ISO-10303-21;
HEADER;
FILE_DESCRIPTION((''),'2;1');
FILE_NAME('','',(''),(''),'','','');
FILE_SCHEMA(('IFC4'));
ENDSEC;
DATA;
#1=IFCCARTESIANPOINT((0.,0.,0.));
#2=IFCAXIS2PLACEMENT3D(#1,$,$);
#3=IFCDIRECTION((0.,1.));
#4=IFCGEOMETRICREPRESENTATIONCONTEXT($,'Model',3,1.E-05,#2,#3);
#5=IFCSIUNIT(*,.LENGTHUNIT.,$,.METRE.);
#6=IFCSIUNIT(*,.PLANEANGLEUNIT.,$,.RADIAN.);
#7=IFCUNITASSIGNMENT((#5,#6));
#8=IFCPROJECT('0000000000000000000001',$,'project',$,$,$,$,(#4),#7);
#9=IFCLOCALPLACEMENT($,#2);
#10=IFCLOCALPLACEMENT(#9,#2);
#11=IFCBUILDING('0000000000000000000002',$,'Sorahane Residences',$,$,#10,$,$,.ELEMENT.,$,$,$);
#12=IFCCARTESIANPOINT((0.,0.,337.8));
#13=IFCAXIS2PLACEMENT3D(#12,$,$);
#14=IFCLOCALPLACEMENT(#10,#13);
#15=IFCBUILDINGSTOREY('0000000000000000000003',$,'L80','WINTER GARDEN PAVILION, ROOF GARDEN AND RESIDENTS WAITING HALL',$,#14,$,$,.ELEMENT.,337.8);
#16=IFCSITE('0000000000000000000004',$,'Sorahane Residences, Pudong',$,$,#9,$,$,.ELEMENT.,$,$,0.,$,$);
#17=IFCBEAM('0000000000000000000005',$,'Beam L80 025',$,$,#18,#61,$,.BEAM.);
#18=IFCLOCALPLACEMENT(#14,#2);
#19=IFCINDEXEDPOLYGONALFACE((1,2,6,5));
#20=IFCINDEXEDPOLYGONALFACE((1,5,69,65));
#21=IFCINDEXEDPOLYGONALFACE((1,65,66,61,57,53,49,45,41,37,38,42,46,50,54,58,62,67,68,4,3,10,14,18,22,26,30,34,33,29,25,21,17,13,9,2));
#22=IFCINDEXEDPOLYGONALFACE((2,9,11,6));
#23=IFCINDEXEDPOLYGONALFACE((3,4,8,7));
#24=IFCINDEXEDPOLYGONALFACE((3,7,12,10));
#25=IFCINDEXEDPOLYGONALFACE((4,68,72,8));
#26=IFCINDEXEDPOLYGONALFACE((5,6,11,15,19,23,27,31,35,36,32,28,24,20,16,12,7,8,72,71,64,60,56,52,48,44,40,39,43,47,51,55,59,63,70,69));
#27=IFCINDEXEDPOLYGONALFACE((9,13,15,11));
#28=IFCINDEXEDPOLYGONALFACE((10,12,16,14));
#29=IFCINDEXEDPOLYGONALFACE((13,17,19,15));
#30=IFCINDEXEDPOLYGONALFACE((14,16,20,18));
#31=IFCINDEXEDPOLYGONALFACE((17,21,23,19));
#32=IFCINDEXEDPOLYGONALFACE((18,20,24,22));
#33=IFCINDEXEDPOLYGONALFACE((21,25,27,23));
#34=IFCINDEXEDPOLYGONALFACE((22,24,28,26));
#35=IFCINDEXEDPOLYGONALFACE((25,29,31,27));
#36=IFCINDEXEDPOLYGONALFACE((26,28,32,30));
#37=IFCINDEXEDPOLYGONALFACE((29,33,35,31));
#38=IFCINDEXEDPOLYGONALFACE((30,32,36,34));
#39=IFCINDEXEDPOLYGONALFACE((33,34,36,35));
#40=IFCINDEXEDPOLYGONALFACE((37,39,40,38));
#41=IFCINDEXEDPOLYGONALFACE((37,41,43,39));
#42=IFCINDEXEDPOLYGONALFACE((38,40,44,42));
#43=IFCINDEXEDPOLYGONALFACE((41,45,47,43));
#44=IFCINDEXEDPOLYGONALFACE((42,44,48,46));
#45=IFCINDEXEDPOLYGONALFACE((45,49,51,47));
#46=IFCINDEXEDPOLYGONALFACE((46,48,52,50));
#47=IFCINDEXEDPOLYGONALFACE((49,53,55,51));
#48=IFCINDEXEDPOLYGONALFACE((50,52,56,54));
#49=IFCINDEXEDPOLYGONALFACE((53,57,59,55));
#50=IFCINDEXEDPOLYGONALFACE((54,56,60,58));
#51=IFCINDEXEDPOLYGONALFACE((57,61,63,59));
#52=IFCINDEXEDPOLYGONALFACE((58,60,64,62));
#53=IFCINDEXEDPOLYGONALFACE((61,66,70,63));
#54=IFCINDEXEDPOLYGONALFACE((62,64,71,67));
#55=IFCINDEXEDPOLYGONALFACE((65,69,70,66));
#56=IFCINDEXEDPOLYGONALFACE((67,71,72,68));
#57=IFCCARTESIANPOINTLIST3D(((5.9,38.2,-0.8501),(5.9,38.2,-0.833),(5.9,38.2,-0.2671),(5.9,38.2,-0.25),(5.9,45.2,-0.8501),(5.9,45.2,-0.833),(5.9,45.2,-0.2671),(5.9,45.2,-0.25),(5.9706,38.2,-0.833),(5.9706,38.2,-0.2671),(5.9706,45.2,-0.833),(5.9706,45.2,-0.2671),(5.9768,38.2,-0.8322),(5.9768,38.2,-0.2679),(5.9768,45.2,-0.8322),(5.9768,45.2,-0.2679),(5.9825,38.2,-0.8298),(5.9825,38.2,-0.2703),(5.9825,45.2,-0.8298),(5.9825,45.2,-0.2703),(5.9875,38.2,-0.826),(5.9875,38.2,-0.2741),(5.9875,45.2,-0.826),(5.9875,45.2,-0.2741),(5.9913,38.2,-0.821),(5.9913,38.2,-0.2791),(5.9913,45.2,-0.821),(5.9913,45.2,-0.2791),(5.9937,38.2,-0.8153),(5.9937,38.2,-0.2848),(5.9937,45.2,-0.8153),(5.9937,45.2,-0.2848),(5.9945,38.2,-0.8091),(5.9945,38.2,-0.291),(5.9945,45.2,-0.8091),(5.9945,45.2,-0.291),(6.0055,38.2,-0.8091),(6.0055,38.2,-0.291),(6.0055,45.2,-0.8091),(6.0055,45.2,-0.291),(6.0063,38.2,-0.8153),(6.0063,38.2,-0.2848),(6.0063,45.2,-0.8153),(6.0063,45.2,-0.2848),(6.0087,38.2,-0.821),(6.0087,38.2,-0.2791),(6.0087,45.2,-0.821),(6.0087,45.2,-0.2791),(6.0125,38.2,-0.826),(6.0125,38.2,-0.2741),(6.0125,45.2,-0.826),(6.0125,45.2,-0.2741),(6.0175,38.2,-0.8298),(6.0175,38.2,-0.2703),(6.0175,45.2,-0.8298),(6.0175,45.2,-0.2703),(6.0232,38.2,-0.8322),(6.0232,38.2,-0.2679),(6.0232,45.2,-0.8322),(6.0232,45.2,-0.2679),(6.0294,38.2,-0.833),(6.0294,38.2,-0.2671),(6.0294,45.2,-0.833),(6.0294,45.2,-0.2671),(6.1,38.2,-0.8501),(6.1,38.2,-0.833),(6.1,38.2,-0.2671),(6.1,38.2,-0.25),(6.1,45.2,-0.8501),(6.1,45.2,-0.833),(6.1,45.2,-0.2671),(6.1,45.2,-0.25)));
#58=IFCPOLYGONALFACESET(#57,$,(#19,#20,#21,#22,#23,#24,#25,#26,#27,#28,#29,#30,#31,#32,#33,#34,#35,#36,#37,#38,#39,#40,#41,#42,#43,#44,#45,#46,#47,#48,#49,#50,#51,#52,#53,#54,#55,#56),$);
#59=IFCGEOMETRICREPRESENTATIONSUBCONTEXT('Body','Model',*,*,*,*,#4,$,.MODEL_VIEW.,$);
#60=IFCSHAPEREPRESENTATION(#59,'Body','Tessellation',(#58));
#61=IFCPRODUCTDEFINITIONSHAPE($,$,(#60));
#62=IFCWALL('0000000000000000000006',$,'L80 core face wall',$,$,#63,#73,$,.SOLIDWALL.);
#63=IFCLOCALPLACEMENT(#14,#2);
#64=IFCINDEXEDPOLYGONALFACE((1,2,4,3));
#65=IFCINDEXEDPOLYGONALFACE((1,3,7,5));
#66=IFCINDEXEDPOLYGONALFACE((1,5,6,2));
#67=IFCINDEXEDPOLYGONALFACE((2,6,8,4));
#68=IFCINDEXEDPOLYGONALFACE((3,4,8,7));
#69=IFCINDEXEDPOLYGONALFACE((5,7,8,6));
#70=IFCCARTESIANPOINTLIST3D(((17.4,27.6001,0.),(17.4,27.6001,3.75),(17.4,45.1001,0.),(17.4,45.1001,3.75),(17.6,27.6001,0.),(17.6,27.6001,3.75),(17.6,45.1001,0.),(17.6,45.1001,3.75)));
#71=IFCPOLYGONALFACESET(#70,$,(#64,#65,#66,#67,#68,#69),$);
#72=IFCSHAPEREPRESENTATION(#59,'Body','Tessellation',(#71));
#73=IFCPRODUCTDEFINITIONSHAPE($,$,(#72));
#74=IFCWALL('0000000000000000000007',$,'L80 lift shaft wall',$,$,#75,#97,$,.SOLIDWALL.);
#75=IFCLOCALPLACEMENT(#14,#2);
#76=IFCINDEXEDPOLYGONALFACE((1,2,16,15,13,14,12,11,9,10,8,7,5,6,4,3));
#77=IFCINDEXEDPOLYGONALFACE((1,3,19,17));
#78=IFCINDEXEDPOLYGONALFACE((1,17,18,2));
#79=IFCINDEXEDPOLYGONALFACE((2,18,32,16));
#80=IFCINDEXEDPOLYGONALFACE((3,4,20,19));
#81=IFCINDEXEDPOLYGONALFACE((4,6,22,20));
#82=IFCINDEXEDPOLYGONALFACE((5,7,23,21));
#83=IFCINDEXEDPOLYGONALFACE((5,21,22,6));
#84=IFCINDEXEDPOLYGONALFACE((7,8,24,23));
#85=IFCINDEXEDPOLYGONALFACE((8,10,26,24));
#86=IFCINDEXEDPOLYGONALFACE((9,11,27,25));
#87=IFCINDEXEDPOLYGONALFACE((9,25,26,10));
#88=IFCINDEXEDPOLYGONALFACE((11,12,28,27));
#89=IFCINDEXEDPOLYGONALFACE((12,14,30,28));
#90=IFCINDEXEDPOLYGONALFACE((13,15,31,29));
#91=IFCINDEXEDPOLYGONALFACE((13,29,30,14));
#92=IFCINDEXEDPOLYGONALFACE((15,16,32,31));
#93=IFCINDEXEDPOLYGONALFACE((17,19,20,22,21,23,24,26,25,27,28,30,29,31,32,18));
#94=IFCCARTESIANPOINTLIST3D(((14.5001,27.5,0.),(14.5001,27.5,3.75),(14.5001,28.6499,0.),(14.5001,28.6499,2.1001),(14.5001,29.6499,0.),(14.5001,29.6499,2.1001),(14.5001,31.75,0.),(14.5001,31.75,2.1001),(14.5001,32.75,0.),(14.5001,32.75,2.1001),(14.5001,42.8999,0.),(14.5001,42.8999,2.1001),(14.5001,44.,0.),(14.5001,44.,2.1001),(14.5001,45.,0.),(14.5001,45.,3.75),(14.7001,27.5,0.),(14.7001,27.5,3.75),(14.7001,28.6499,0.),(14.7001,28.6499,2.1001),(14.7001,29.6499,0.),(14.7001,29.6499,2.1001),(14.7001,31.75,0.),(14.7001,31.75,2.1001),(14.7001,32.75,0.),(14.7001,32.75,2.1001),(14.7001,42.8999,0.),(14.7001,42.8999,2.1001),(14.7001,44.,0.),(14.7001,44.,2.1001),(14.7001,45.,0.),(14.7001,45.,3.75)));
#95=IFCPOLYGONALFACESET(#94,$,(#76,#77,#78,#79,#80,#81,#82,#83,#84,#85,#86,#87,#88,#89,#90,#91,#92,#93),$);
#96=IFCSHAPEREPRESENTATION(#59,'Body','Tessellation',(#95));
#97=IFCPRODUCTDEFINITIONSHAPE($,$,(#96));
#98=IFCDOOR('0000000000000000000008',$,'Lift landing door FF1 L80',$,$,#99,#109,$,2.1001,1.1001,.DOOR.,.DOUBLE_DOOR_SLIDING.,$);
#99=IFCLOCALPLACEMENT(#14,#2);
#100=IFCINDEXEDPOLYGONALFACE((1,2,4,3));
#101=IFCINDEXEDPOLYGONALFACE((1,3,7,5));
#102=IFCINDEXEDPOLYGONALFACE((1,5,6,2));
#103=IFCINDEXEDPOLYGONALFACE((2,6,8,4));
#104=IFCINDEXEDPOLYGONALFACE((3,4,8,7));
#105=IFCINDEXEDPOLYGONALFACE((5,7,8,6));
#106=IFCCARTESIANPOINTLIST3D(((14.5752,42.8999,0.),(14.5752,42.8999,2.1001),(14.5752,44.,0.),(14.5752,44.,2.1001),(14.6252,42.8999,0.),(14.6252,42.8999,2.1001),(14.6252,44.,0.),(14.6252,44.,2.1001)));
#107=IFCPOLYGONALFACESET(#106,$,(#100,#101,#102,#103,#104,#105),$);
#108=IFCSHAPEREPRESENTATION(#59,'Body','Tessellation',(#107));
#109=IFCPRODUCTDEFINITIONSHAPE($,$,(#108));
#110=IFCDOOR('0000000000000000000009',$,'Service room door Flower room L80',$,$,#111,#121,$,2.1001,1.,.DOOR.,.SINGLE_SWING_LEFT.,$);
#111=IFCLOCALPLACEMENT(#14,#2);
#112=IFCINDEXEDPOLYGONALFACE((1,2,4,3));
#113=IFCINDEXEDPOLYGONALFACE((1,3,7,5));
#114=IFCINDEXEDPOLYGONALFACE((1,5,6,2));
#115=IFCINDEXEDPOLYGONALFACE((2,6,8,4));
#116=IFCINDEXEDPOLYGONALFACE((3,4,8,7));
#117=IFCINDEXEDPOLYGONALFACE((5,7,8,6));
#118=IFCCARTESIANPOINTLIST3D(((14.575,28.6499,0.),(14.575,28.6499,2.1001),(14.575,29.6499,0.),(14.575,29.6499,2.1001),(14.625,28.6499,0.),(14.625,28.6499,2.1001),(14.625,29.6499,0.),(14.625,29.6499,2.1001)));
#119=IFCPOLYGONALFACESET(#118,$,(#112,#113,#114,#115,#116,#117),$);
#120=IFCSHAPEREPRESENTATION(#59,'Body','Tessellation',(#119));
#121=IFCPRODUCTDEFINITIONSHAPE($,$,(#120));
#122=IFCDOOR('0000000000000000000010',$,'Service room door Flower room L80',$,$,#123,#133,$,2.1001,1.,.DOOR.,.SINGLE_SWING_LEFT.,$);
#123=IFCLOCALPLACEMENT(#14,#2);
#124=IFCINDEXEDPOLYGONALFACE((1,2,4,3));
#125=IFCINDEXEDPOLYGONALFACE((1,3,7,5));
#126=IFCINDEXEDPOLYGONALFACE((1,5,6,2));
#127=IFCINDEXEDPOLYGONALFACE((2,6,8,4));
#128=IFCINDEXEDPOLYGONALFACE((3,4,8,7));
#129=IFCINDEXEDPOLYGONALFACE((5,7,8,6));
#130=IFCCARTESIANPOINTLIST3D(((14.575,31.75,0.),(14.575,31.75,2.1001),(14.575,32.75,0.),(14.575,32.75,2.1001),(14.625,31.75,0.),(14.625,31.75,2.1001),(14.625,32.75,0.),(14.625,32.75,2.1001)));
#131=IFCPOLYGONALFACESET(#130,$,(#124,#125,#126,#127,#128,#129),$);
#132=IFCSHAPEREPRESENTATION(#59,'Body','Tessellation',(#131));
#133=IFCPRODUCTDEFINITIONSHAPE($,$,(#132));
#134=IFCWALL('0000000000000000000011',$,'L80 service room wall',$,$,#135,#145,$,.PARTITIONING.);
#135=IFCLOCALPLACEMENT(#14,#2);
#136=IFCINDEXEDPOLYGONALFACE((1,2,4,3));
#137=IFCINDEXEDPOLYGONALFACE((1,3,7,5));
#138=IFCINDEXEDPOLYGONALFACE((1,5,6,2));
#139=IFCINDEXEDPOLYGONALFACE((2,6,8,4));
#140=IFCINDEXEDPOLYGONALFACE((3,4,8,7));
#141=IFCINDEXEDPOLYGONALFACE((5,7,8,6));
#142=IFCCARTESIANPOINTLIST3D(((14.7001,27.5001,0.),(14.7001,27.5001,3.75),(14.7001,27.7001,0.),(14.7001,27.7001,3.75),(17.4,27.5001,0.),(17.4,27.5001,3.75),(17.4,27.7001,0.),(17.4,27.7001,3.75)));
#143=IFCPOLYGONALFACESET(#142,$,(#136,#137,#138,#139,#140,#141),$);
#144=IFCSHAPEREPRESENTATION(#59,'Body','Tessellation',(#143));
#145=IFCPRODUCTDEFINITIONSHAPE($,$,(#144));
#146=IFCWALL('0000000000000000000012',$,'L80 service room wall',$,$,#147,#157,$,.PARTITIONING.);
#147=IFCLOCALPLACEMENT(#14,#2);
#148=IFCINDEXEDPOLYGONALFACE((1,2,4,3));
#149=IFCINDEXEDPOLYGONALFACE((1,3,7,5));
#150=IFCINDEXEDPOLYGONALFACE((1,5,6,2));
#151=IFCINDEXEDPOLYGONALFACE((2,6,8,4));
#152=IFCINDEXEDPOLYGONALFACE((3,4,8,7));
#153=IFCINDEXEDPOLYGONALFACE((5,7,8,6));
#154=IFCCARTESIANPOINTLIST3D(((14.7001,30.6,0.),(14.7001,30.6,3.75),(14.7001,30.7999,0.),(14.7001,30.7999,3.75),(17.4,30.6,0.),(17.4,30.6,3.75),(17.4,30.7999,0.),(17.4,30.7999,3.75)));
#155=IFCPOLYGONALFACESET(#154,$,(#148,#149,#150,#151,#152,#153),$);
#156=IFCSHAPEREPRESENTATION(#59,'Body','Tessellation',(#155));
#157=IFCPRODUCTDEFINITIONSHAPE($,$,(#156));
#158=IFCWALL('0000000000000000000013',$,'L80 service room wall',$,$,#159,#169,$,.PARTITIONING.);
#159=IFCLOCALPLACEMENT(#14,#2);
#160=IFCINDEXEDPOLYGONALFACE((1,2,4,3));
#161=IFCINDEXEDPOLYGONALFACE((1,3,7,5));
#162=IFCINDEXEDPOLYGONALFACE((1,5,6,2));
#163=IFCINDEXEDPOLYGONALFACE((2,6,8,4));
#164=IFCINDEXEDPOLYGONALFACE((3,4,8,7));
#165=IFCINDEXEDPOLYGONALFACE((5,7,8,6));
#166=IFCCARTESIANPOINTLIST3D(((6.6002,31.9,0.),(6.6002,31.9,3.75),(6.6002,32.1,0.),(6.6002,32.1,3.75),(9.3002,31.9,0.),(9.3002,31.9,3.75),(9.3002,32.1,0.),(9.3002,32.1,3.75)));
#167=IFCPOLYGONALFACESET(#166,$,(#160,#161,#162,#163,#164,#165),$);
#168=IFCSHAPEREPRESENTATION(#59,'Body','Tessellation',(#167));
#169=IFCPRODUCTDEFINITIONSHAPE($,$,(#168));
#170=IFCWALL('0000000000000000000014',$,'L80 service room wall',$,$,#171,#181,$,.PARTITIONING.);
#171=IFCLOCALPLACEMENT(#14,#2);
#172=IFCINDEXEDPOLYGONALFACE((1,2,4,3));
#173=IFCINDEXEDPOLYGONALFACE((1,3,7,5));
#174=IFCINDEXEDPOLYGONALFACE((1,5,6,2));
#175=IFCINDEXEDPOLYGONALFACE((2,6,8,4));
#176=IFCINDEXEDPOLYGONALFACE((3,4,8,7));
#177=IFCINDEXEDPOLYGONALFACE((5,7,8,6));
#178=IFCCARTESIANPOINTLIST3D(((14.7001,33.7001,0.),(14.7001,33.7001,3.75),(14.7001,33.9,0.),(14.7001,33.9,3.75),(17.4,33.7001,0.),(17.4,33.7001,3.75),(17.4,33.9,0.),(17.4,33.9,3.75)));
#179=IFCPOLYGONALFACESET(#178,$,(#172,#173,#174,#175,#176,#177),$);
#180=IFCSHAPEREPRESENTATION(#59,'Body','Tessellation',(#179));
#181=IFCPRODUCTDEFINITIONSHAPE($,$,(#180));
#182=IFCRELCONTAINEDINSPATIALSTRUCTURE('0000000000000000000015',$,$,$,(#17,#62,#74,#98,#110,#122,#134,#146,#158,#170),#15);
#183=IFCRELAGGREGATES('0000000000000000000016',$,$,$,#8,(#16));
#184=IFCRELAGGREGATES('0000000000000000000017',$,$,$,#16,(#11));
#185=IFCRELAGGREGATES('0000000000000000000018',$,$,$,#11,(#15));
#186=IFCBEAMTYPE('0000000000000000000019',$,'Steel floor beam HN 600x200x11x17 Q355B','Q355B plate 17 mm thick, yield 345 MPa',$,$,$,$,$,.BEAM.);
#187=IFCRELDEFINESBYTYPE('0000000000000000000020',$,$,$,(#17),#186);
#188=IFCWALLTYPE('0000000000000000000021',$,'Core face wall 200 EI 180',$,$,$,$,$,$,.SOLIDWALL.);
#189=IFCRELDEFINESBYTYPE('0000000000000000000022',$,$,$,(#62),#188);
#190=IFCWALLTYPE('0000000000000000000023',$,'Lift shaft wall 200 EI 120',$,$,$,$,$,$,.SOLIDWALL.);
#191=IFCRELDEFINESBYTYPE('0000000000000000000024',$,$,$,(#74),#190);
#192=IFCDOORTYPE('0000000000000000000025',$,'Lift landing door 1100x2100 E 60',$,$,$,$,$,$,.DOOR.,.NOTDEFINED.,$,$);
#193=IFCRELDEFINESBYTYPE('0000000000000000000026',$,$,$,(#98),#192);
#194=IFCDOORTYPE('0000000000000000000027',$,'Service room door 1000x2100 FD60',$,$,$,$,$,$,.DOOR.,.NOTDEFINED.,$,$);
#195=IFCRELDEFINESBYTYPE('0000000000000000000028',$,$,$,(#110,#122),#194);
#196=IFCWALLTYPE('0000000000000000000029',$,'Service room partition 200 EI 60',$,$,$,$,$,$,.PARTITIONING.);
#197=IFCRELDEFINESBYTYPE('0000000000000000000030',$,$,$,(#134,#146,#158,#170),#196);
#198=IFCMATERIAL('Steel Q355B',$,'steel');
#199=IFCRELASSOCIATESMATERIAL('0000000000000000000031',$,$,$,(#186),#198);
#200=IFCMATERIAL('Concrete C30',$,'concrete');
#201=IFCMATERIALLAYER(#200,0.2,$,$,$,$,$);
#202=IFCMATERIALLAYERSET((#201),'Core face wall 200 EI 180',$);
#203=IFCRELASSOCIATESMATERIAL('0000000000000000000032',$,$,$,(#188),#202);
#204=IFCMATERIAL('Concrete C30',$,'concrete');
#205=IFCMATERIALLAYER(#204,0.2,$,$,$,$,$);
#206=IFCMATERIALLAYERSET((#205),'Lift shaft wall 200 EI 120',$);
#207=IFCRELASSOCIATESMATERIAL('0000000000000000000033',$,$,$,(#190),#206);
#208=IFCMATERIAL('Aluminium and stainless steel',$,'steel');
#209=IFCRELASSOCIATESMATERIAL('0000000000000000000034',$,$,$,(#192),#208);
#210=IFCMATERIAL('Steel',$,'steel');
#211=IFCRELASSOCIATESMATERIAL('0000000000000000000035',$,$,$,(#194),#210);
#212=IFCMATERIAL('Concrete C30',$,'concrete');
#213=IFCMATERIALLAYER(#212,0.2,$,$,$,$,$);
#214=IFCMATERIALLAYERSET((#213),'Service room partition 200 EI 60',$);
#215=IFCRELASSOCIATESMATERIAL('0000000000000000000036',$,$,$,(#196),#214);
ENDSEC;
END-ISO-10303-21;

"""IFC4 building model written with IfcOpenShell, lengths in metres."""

from ifc_helpers import new_model, si_unit, direction, frame, frame_2d, origin, origin_2d, place, context, subcontext, project, spatial, rectangle, i_section, extrude, material, layer, layer_set, material_profile, profile_set, type_object, element, fill, save


model = new_model("IFC4")

# Units and contexts
model_context = context("Model", 3, precision=1e-05, world=origin(), true_north=direction((0.0, 1.0)))
body_context = subcontext(model_context, "Body", "Model", "MODEL_VIEW")
ifc_project = project(units=[si_unit("LENGTHUNIT", "METRE"), si_unit("PLANEANGLEUNIT", "RADIAN")], contexts=[model_context])

# Site, building, storey
site_placement = place(None, origin())
site = spatial("IfcSite", under=ifc_project, at=site_placement, Name="Sorahane Residences, Pudong", CompositionType="ELEMENT", RefElevation=0.0)
building_placement = place(site_placement, origin())
building = spatial("IfcBuilding", under=site, at=building_placement, Name="Sorahane Residences", CompositionType="ELEMENT")
storey_placement = place(building_placement, frame((0.0, 0.0, 337.8)))
storey = spatial("IfcBuildingStorey", under=building, at=storey_placement, Name="L80", Description="WINTER GARDEN PAVILION, ROOF GARDEN AND RESIDENTS WAITING HALL", CompositionType="ELEMENT", Elevation=337.8)

# Beam
ifc_material_1 = material(Name="Steel Q355B", Category="steel")
ifc_material_profile_1 = material_profile(ifc_material_1, i_section(OverallWidth=0.2, OverallDepth=0.6001, WebThickness=0.011, FlangeThickness=0.0171, FilletRadius=0.0239, at=origin_2d()), Name="HN 600x200x11x17")
ifc_profile_set_1 = profile_set([ifc_material_profile_1], Name="Steel Q355B")
beam_type_1 = type_object("IfcBeamType", Name="Steel floor beam HN 600x200x11x17 Q355B", Description="Q355B plate 17 mm thick, yield 345 MPa", PredefinedType="BEAM", material=ifc_profile_set_1)
for number, where, z_axis, x_axis, name in (
    (1, (6.0, 38.2, -0.55), (0.0, 1.0, 0.0), (-1.0, 0.0, 0.0), "Beam L80 025"),
):
    element("IfcBeam", number, at=place(storey_placement, frame(where, z_axis=z_axis, x_axis=x_axis)), inside=storey, type_object=beam_type_1, Name=name, PredefinedType="BEAM", context=body_context, shape_type="SweptSolid", body=[
        extrude(i_section(OverallWidth=0.2, OverallDepth=0.6001, WebThickness=0.011, FlangeThickness=0.0171, FilletRadius=0.0239, at=origin_2d()), origin(), (0.0, 0.0, 1.0), 7.0),
    ])

# Wall
ifc_material_2 = material(Name="Concrete C30", Category="concrete")
ifc_layer_1 = layer(ifc_material_2, 0.2)
ifc_layer_set_1 = layer_set([ifc_layer_1], Name="Core face wall 200 EI 180")
wall_type_1 = type_object("IfcWallType", Name="Core face wall 200 EI 180", PredefinedType="SOLIDWALL", material=ifc_layer_set_1)
wall_1_placement = place(storey_placement, frame((17.5, 27.6001, 0.0), z_axis=(0.0, 0.0, 1.0), x_axis=(0.0, 1.0, 0.0)))
element("IfcWall", 2, at=wall_1_placement, inside=storey, type_object=wall_type_1, Name="L80 core face wall", PredefinedType="SOLIDWALL", context=body_context, shape_type="SweptSolid", body=[
    extrude(rectangle(XDim=17.5, YDim=0.2, at=frame_2d((8.75, 0.0))), origin(), (0.0, 0.0, 1.0), 3.75),
])

# Wall, openings, doors
ifc_material_3 = material(Name="Concrete C30", Category="concrete")
ifc_layer_2 = layer(ifc_material_3, 0.2)
ifc_layer_set_2 = layer_set([ifc_layer_2], Name="Lift shaft wall 200 EI 120")
wall_type_2 = type_object("IfcWallType", Name="Lift shaft wall 200 EI 120", PredefinedType="SOLIDWALL", material=ifc_layer_set_2)
wall_2_placement = place(storey_placement, frame((14.6001, 27.5, 0.0), z_axis=(0.0, 0.0, 1.0), x_axis=(0.0, 1.0, 0.0)))
wall_2 = element("IfcWall", 3, at=wall_2_placement, inside=storey, type_object=wall_type_2, Name="L80 lift shaft wall", PredefinedType="SOLIDWALL", context=body_context, shape_type="SweptSolid", body=[
    extrude(rectangle(XDim=17.5, YDim=0.2, at=frame_2d((8.75, 0.0))), origin(), (0.0, 0.0, 1.0), 3.75),
])
opening_1_placement = place(wall_2_placement, frame((15.3999, 0.0, 0.0)))
opening_1 = element("IfcOpeningElement", 4, at=opening_1_placement, cuts=wall_2, PredefinedType="OPENING", context=body_context, shape_type="SweptSolid", body=[
    extrude(rectangle(XDim=1.1001, YDim=2.1001, at=frame_2d((0.55, 1.05))), frame((0.0, 0.1099, 0.0), z_axis=(0.0, -1.0, 0.0), x_axis=(1.0, 0.0, 0.0)), (0.0, 0.0, 1.0), 0.22),
])
opening_2_placement = place(wall_2_placement, frame((1.1499, 0.0, 0.0)))
opening_2 = element("IfcOpeningElement", 5, at=opening_2_placement, cuts=wall_2, PredefinedType="OPENING", context=body_context, shape_type="SweptSolid", body=[
    extrude(rectangle(XDim=1.0, YDim=2.1001, at=frame_2d((0.5, 1.05))), frame((0.0, 0.1099, 0.0), z_axis=(0.0, -1.0, 0.0), x_axis=(1.0, 0.0, 0.0)), (0.0, 0.0, 1.0), 0.22),
])
opening_3_placement = place(wall_2_placement, frame((4.25, 0.0, 0.0)))
opening_3 = element("IfcOpeningElement", 6, at=opening_3_placement, cuts=wall_2, PredefinedType="OPENING", context=body_context, shape_type="SweptSolid", body=[
    extrude(rectangle(XDim=1.0, YDim=2.1001, at=frame_2d((0.5, 1.05))), frame((0.0, 0.1099, 0.0), z_axis=(0.0, -1.0, 0.0), x_axis=(1.0, 0.0, 0.0)), (0.0, 0.0, 1.0), 0.22),
])
ifc_material_4 = material(Name="Aluminium and stainless steel", Category="steel")
door_type_1 = type_object("IfcDoorType", Name="Lift landing door 1100x2100 E 60", OperationType="NOTDEFINED", PredefinedType="DOOR", material=ifc_material_4)
door_1_placement = place(opening_1_placement, origin())
door_1 = element("IfcDoor", 7, at=door_1_placement, inside=storey, type_object=door_type_1, Name="Lift landing door FF1 L80", OperationType="DOUBLE_DOOR_SLIDING", OverallHeight=2.1001, OverallWidth=1.1001, PredefinedType="DOOR", context=body_context, shape_type="SweptSolid", body=[
    extrude(rectangle(XDim=1.1001, YDim=2.1001, at=frame_2d((0.55, 1.05))), frame((0.0, 0.0249, 0.0), z_axis=(0.0, -1.0, 0.0), x_axis=(1.0, 0.0, 0.0)), (0.0, 0.0, 1.0), 0.05),
])
fill(opening_1, door_1)
ifc_material_5 = material(Name="Steel", Category="steel")
door_type_2 = type_object("IfcDoorType", Name="Service room door 1000x2100 FD60", OperationType="NOTDEFINED", PredefinedType="DOOR", material=ifc_material_5)
door_2_placement = place(opening_2_placement, frame((1.0, 0.0, 0.0), z_axis=(0.0, 0.0, 1.0), x_axis=(-1.0, 0.0, 0.0)))
door_2 = element("IfcDoor", 8, at=door_2_placement, inside=storey, type_object=door_type_2, Name="Service room door Flower room L80", OperationType="SINGLE_SWING_LEFT", OverallHeight=2.1001, OverallWidth=1.0, PredefinedType="DOOR", context=body_context, shape_type="SweptSolid", body=[
    extrude(rectangle(XDim=1.0, YDim=2.1001, at=frame_2d((0.5, 1.05))), frame((0.0, 0.0249, 0.0), z_axis=(0.0, -1.0, 0.0), x_axis=(1.0, 0.0, 0.0)), (0.0, 0.0, 1.0), 0.05),
])
fill(opening_2, door_2)
door_3_placement = place(opening_3_placement, frame((1.0, 0.0, 0.0), z_axis=(0.0, 0.0, 1.0), x_axis=(-1.0, 0.0, 0.0)))
door_3 = element("IfcDoor", 9, at=door_3_placement, inside=storey, type_object=door_type_2, Name="Service room door Flower room L80", OperationType="SINGLE_SWING_LEFT", OverallHeight=2.1001, OverallWidth=1.0, PredefinedType="DOOR", context=body_context, shape_type="SweptSolid", body=[
    extrude(rectangle(XDim=1.0, YDim=2.1001, at=frame_2d((0.5, 1.05))), frame((0.0, 0.0249, 0.0), z_axis=(0.0, -1.0, 0.0), x_axis=(1.0, 0.0, 0.0)), (0.0, 0.0, 1.0), 0.05),
])
fill(opening_3, door_3)

# Walls
ifc_material_6 = material(Name="Concrete C30", Category="concrete")
ifc_layer_3 = layer(ifc_material_6, 0.2)
ifc_layer_set_3 = layer_set([ifc_layer_3], Name="Service room partition 200 EI 60")
wall_type_3 = type_object("IfcWallType", Name="Service room partition 200 EI 60", PredefinedType="PARTITIONING", material=ifc_layer_set_3)
for number, where, z_axis, x_axis, name in (
    (10, (14.7, 27.6001, 0.0), (0.0, 0.0, 1.0), (1.0, 0.0, 0.0), "L80 service room wall"),
    (11, (14.7, 30.7, 0.0), (0.0, 0.0, 1.0), (1.0, 0.0, 0.0), "L80 service room wall"),
    (12, (6.6001, 32.0, 0.0), (0.0, 0.0, 1.0), (1.0, 0.0, 0.0), "L80 service room wall"),
    (13, (14.7, 33.8, 0.0), (0.0, 0.0, 1.0), (1.0, 0.0, 0.0), "L80 service room wall"),
):
    element("IfcWall", number, at=place(storey_placement, frame(where, z_axis=z_axis, x_axis=x_axis)), inside=storey, type_object=wall_type_3, Name=name, PredefinedType="PARTITIONING", context=body_context, shape_type="SweptSolid", body=[
        extrude(rectangle(XDim=2.7, YDim=0.2, at=frame_2d((1.3501, 0.0))), origin(), (0.0, 0.0, 1.0), 3.75),
    ])

save(model, "model.ifc")
